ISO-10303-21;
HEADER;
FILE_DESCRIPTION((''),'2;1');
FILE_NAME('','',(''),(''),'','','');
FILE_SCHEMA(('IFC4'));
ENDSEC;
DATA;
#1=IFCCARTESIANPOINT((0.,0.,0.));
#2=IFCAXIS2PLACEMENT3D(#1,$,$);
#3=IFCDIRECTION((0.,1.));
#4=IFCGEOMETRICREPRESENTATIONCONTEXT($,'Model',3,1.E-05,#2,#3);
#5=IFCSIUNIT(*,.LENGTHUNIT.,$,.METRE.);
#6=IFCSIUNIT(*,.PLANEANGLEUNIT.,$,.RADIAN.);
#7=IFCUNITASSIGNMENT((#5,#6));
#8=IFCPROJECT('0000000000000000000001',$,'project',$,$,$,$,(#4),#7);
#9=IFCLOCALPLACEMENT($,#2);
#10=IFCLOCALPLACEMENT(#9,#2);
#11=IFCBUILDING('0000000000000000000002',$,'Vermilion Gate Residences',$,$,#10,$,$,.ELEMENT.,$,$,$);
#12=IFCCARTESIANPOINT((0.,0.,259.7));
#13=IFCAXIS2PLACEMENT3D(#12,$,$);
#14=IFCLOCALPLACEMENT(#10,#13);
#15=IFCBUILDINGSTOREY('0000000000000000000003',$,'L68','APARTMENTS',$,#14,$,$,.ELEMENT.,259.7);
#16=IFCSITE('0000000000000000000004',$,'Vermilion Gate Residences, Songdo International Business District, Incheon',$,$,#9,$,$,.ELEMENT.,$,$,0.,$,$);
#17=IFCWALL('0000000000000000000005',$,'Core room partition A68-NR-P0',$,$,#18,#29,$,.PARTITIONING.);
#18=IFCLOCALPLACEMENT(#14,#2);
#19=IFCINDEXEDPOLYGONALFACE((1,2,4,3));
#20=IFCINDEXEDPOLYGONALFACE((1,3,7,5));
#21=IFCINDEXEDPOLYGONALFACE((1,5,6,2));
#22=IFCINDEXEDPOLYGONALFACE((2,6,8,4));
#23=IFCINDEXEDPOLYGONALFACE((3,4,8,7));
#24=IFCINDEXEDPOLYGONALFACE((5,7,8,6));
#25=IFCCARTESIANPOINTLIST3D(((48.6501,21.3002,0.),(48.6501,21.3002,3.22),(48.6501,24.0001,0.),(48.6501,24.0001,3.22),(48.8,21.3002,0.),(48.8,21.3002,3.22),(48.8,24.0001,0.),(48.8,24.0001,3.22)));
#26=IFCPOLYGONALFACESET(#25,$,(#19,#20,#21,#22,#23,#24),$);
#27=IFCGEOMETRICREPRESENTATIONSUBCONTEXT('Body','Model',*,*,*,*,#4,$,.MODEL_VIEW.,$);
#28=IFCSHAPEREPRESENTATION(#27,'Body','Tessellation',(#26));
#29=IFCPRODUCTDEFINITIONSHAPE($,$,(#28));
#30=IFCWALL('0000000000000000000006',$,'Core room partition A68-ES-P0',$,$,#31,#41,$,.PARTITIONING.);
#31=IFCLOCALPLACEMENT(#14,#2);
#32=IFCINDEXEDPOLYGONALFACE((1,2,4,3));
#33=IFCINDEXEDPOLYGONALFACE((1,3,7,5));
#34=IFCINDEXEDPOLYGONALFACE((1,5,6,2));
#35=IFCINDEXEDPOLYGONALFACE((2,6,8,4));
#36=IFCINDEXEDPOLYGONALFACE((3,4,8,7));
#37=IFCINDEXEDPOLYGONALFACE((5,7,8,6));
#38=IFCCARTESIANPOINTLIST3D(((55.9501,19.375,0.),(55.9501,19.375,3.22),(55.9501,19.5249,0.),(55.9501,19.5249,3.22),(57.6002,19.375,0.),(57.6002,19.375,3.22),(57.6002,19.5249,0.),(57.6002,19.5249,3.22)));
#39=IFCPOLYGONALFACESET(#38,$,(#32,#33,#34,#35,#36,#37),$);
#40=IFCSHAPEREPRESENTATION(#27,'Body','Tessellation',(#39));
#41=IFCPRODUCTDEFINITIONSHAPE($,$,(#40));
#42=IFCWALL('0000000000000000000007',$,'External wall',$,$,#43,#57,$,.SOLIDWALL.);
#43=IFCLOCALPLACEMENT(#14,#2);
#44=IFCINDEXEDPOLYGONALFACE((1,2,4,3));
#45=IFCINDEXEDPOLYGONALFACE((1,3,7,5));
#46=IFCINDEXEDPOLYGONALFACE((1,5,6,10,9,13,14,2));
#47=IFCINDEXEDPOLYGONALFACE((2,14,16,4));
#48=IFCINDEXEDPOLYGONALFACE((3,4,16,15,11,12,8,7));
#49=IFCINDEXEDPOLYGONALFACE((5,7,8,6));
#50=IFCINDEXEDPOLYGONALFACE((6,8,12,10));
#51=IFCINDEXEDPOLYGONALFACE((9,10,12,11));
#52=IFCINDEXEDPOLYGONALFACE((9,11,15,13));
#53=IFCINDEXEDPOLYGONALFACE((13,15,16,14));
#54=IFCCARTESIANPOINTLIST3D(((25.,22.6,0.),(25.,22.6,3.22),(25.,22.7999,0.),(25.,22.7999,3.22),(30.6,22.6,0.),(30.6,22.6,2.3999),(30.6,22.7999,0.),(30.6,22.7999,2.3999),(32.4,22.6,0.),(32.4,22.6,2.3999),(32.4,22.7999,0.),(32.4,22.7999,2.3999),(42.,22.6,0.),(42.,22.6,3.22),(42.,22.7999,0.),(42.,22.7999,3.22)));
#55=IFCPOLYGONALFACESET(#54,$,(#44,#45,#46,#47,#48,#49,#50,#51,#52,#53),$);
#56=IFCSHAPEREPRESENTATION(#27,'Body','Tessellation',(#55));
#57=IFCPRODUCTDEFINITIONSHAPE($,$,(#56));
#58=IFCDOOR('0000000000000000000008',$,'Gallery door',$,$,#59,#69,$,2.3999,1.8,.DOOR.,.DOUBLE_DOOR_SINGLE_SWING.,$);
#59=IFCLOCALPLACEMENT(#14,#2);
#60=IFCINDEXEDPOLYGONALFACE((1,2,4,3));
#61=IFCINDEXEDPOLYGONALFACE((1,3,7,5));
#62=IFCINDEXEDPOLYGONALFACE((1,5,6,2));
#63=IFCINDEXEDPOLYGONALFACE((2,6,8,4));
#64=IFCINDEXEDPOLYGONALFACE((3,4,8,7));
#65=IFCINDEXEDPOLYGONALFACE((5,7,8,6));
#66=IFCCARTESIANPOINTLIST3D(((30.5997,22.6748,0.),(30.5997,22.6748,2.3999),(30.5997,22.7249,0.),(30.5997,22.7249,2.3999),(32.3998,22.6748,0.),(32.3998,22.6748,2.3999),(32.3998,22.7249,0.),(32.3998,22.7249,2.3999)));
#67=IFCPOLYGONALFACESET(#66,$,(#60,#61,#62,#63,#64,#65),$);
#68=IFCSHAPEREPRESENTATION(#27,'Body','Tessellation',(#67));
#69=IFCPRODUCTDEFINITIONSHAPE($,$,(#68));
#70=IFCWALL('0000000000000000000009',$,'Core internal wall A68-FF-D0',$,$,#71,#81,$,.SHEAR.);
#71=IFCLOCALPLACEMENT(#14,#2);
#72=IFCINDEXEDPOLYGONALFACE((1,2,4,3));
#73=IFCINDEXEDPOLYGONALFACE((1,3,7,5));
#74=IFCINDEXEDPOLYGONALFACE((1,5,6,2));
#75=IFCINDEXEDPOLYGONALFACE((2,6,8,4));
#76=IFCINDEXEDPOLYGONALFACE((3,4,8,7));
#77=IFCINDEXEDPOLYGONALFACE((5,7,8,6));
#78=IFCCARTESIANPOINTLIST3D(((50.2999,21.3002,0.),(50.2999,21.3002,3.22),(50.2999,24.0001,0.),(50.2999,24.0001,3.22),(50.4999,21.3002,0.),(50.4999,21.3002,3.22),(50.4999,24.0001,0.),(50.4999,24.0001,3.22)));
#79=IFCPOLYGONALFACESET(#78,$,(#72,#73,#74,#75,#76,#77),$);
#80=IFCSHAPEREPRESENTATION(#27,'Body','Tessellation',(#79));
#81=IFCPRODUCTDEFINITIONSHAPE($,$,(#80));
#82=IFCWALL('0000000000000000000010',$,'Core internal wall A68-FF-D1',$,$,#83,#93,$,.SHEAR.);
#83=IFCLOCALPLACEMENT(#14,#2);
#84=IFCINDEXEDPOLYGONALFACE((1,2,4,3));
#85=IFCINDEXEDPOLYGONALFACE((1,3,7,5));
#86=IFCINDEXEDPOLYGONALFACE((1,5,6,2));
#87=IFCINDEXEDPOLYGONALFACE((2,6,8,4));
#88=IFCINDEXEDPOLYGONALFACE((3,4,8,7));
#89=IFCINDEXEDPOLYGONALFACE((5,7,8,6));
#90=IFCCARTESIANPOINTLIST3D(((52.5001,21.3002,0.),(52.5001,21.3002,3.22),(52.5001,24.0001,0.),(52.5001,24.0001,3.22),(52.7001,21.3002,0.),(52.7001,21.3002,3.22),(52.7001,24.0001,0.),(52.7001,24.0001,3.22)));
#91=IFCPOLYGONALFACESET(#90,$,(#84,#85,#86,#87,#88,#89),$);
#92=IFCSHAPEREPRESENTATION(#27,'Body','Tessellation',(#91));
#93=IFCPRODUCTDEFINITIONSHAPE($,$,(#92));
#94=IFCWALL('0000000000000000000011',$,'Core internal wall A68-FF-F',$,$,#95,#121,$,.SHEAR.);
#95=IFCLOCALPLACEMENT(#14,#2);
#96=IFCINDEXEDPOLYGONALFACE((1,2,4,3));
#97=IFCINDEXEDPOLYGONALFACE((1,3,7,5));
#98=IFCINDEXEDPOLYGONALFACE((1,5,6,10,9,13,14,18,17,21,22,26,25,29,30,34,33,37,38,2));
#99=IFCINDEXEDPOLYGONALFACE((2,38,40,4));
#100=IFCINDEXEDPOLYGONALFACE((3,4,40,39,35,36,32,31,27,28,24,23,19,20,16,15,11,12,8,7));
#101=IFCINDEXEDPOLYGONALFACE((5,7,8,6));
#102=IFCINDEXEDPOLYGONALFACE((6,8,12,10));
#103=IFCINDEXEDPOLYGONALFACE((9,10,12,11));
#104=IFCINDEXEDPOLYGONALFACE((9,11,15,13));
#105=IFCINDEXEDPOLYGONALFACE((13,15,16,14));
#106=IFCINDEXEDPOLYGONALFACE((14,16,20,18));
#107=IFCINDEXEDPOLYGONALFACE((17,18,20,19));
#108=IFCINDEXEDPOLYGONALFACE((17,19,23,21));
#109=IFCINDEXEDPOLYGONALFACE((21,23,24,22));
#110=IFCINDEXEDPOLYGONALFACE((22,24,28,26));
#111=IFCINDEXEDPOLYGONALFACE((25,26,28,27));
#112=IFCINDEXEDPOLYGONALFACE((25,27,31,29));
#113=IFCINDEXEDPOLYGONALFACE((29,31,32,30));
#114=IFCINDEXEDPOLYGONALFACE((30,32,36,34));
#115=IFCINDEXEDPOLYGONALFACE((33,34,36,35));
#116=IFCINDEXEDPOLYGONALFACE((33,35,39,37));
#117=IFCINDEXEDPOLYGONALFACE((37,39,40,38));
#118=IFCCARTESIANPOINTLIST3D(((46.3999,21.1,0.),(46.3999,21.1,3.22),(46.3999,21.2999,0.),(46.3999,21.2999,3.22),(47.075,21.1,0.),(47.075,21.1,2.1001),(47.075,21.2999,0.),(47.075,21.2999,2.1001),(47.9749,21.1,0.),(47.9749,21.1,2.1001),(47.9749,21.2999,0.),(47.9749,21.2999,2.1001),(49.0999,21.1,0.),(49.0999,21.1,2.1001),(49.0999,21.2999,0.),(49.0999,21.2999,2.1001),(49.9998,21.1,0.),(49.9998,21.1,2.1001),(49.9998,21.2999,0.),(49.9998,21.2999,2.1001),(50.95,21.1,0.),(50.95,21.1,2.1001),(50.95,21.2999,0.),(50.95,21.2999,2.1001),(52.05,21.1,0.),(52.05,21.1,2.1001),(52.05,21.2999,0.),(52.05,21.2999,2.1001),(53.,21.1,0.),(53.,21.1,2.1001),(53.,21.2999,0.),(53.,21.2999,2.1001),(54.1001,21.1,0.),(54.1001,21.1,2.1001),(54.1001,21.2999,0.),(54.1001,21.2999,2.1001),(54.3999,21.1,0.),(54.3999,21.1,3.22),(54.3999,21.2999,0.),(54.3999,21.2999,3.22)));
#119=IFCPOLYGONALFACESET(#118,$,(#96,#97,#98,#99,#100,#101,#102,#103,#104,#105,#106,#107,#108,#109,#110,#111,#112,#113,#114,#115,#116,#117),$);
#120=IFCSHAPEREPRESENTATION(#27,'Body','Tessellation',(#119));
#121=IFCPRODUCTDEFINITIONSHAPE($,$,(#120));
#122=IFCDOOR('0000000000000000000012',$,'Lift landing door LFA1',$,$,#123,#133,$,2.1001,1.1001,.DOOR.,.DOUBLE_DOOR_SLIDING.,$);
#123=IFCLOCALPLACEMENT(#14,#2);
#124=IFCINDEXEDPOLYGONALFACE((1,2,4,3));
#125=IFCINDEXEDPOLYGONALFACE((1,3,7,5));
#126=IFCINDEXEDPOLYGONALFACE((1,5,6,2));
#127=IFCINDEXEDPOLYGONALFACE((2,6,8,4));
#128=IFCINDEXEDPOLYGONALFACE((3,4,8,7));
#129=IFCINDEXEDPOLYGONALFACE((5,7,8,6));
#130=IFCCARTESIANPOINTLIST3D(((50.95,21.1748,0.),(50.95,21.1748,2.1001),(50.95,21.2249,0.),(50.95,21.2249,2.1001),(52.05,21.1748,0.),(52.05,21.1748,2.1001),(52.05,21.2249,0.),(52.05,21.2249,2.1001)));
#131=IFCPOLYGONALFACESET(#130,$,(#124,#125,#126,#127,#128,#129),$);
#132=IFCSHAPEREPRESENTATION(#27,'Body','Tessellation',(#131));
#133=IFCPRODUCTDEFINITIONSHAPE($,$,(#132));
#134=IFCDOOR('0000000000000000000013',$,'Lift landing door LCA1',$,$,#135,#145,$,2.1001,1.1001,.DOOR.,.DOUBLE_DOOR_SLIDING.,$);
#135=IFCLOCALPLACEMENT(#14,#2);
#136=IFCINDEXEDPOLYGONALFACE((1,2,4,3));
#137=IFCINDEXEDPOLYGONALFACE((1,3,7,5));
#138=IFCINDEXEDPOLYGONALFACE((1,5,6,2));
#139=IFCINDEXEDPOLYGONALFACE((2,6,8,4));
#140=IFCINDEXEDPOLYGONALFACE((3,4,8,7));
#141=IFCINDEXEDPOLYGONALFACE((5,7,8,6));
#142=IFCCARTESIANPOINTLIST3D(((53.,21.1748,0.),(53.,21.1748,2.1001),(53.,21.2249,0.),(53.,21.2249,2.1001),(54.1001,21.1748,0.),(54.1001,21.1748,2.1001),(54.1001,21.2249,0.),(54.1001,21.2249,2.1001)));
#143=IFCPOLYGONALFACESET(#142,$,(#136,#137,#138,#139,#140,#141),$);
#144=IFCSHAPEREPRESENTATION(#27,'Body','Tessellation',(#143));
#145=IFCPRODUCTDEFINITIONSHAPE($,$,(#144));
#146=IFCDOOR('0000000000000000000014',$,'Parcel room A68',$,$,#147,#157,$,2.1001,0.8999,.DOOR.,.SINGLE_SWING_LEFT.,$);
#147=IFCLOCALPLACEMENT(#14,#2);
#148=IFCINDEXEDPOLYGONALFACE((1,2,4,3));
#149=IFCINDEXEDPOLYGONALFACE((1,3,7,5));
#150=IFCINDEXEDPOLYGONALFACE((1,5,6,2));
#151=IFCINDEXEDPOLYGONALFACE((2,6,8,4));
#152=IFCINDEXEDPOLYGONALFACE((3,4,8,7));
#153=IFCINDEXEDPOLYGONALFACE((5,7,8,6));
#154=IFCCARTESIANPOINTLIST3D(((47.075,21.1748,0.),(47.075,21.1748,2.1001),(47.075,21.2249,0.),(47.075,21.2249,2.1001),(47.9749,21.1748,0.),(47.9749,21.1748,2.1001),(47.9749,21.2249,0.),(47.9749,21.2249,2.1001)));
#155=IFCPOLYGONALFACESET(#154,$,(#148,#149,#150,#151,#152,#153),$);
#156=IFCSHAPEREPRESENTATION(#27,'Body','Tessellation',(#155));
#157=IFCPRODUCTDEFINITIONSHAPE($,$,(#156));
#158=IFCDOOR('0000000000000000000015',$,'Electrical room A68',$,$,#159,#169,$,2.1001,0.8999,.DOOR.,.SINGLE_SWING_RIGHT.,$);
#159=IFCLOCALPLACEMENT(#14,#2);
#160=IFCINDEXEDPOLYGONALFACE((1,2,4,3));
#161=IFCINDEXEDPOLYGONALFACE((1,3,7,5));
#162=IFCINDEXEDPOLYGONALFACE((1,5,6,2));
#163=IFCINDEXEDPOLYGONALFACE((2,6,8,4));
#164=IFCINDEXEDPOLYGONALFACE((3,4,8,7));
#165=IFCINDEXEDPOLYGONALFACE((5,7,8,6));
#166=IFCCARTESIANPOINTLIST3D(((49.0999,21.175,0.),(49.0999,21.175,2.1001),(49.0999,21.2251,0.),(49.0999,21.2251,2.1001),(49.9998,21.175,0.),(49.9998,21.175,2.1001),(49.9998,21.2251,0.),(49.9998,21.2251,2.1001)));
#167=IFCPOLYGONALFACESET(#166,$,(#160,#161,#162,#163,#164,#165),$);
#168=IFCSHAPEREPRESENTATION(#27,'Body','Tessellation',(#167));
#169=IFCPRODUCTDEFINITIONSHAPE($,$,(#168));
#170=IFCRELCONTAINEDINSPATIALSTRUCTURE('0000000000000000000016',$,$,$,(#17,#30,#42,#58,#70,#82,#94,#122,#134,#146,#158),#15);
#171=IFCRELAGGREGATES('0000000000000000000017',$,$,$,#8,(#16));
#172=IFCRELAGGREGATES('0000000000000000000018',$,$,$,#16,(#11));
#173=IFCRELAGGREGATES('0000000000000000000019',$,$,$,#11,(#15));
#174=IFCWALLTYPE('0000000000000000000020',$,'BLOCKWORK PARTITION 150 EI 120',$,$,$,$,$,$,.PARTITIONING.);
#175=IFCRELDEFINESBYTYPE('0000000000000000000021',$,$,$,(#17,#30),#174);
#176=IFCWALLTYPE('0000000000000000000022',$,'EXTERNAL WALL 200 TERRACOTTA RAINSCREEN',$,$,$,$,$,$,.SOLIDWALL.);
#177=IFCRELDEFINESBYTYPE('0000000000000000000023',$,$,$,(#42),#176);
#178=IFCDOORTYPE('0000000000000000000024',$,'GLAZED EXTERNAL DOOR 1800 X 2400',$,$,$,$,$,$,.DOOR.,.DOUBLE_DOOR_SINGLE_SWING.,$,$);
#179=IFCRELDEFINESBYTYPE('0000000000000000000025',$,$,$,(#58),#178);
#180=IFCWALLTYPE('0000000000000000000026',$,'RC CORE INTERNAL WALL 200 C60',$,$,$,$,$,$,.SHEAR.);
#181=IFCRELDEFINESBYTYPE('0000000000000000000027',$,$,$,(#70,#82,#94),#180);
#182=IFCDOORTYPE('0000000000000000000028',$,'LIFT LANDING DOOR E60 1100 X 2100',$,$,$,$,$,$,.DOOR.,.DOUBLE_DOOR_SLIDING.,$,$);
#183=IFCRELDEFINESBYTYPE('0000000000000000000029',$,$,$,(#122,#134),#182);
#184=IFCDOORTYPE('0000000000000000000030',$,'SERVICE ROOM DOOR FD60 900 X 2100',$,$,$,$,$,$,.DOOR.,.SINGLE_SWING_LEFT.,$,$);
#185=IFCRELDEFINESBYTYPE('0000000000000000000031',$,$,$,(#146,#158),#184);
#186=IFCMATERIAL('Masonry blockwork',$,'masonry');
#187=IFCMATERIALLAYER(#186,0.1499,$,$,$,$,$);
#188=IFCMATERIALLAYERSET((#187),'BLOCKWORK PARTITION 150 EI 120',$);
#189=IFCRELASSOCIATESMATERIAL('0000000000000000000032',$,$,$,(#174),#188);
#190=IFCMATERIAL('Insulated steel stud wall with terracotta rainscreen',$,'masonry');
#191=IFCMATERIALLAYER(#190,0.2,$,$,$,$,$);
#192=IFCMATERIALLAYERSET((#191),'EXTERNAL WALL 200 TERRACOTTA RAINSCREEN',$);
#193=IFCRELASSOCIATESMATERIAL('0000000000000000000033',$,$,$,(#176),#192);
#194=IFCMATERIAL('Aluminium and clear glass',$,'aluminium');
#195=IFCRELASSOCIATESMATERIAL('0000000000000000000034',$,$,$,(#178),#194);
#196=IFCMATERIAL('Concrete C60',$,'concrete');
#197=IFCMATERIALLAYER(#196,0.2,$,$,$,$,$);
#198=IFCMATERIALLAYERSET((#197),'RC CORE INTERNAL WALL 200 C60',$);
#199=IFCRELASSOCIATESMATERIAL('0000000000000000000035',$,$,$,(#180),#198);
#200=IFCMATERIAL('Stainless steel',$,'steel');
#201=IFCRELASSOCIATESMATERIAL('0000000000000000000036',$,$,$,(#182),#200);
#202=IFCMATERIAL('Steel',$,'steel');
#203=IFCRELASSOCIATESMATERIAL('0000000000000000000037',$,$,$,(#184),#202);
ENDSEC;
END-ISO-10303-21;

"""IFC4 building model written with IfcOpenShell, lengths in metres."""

from ifc_helpers import new_model, si_unit, direction, frame, frame_2d, origin, place, context, subcontext, project, spatial, rectangle, extrude, material, layer, layer_set, type_object, element, fill, save


model = new_model("IFC4")

# Units and contexts
model_context = context("Model", 3, precision=1e-05, world=origin(), true_north=direction((0.0, 1.0)))
body_context = subcontext(model_context, "Body", "Model", "MODEL_VIEW")
ifc_project = project(units=[si_unit("LENGTHUNIT", "METRE"), si_unit("PLANEANGLEUNIT", "RADIAN")], contexts=[model_context])

# Site, building, storey
site_placement = place(None, origin())
site = spatial("IfcSite", under=ifc_project, at=site_placement, Name="Vermilion Gate Residences, Songdo International Business District, Incheon", CompositionType="ELEMENT", RefElevation=0.0)
building_placement = place(site_placement, origin())
building = spatial("IfcBuilding", under=site, at=building_placement, Name="Vermilion Gate Residences", CompositionType="ELEMENT")
storey_placement = place(building_placement, frame((0.0, 0.0, 259.7)))
storey = spatial("IfcBuildingStorey", under=building, at=storey_placement, Name="L68", Description="APARTMENTS", CompositionType="ELEMENT", Elevation=259.7)

# Walls
ifc_material_1 = material(Name="Masonry blockwork", Category="masonry")
ifc_layer_1 = layer(ifc_material_1, 0.1499)
ifc_layer_set_1 = layer_set([ifc_layer_1], Name="BLOCKWORK PARTITION 150 EI 120")
wall_type_1 = type_object("IfcWallType", Name="BLOCKWORK PARTITION 150 EI 120", PredefinedType="PARTITIONING", material=ifc_layer_set_1)
wall_1_placement = place(storey_placement, frame((48.7251, 21.3, 0.0), z_axis=(0.0, 0.0, 1.0), x_axis=(0.0, 1.0, 0.0)))
element("IfcWall", 1, at=wall_1_placement, inside=storey, type_object=wall_type_1, Name="Core room partition A68-NR-P0", PredefinedType="PARTITIONING", context=body_context, shape_type="SweptSolid", body=[
    extrude(rectangle(XDim=2.7, YDim=0.1499, at=frame_2d((1.3501, 0.0))), origin(), (0.0, 0.0, 1.0), 3.22),
])
wall_2_placement = place(storey_placement, frame((55.95, 19.45, 0.0), z_axis=(0.0, 0.0, 1.0), x_axis=(1.0, 0.0, 0.0)))
element("IfcWall", 2, at=wall_2_placement, inside=storey, type_object=wall_type_1, Name="Core room partition A68-ES-P0", PredefinedType="PARTITIONING", context=body_context, shape_type="SweptSolid", body=[
    extrude(rectangle(XDim=1.6501, YDim=0.1499, at=frame_2d((0.8252, 0.0))), origin(), (0.0, 0.0, 1.0), 3.22),
])

# Wall, opening, door
ifc_material_2 = material(Name="Insulated steel stud wall with terracotta rainscreen", Category="masonry")
ifc_layer_2 = layer(ifc_material_2, 0.2)
ifc_layer_set_2 = layer_set([ifc_layer_2], Name="EXTERNAL WALL 200 TERRACOTTA RAINSCREEN")
wall_type_2 = type_object("IfcWallType", Name="EXTERNAL WALL 200 TERRACOTTA RAINSCREEN", PredefinedType="SOLIDWALL", material=ifc_layer_set_2)
wall_3_placement = place(storey_placement, frame((42.0, 22.7, 0.0), z_axis=(0.0, 0.0, 1.0), x_axis=(-1.0, 0.0, 0.0)))
wall_3 = element("IfcWall", 3, at=wall_3_placement, inside=storey, type_object=wall_type_2, Name="External wall", PredefinedType="SOLIDWALL", context=body_context, shape_type="SweptSolid", body=[
    extrude(rectangle(XDim=17.0, YDim=0.2, at=frame_2d((8.5, 0.0))), origin(), (0.0, 0.0, 1.0), 3.22),
])
opening_1_placement = place(wall_3_placement, frame((9.6001, 0.0, 0.0)))
opening_1 = element("IfcOpeningElement", 4, at=opening_1_placement, cuts=wall_3, PredefinedType="OPENING", context=body_context, shape_type="SweptSolid", body=[
    extrude(rectangle(XDim=1.8, YDim=2.3999, at=frame_2d((0.8999, 1.2))), frame((0.0, 0.1099, 0.0), z_axis=(0.0, -1.0, 0.0), x_axis=(1.0, 0.0, 0.0)), (0.0, 0.0, 1.0), 0.22),
])
ifc_material_3 = material(Name="Aluminium and clear glass", Category="aluminium")
door_type_1 = type_object("IfcDoorType", Name="GLAZED EXTERNAL DOOR 1800 X 2400", OperationType="DOUBLE_DOOR_SINGLE_SWING", PredefinedType="DOOR", material=ifc_material_3)
door_1_placement = place(opening_1_placement, frame((1.8, 0.0, 0.0), z_axis=(0.0, 0.0, 1.0), x_axis=(-1.0, 0.0, 0.0)))
door_1 = element("IfcDoor", 5, at=door_1_placement, inside=storey, type_object=door_type_1, Name="Gallery door", OperationType="DOUBLE_DOOR_SINGLE_SWING", OverallHeight=2.3999, OverallWidth=1.8, PredefinedType="DOOR", context=body_context, shape_type="SweptSolid", body=[
    extrude(rectangle(XDim=1.8, YDim=2.3999, at=frame_2d((0.8999, 1.2))), frame((0.0, 0.0249, 0.0), z_axis=(0.0, -1.0, 0.0), x_axis=(1.0, 0.0, 0.0)), (0.0, 0.0, 1.0), 0.05),
])
fill(opening_1, door_1)

# Walls
ifc_material_4 = material(Name="Concrete C60", Category="concrete")
ifc_layer_3 = layer(ifc_material_4, 0.2)
ifc_layer_set_3 = layer_set([ifc_layer_3], Name="RC CORE INTERNAL WALL 200 C60")
wall_type_3 = type_object("IfcWallType", Name="RC CORE INTERNAL WALL 200 C60", PredefinedType="SHEAR", material=ifc_layer_set_3)
for number, where, z_axis, x_axis, name in (
    (6, (50.3999, 21.3, 0.0), (0.0, 0.0, 1.0), (0.0, 1.0, 0.0), "Core internal wall A68-FF-D0"),
    (7, (52.6001, 21.3, 0.0), (0.0, 0.0, 1.0), (0.0, 1.0, 0.0), "Core internal wall A68-FF-D1"),
):
    element("IfcWall", number, at=place(storey_placement, frame(where, z_axis=z_axis, x_axis=x_axis)), inside=storey, type_object=wall_type_3, Name=name, PredefinedType="SHEAR", context=body_context, shape_type="SweptSolid", body=[
        extrude(rectangle(XDim=2.7, YDim=0.2, at=frame_2d((1.3501, 0.0))), origin(), (0.0, 0.0, 1.0), 3.22),
    ])

# Wall, openings, doors
wall_4_placement = place(storey_placement, frame((46.3999, 21.2, 0.0), z_axis=(0.0, 0.0, 1.0), x_axis=(1.0, 0.0, 0.0)))
wall_4 = element("IfcWall", 8, at=wall_4_placement, inside=storey, type_object=wall_type_3, Name="Core internal wall A68-FF-F", PredefinedType="SHEAR", context=body_context, shape_type="SweptSolid", body=[
    extrude(rectangle(XDim=8.0, YDim=0.2, at=frame_2d((4.0, 0.0))), origin(), (0.0, 0.0, 1.0), 3.22),
])
opening_2_placement = place(wall_4_placement, frame((0.675, 0.0, 0.0)))
opening_2 = element("IfcOpeningElement", 9, at=opening_2_placement, cuts=wall_4, PredefinedType="OPENING", context=body_context, shape_type="SweptSolid", body=[
    extrude(rectangle(XDim=0.8999, YDim=2.1001, at=frame_2d((0.45, 1.05))), frame((0.0, 0.1099, 0.0), z_axis=(0.0, -1.0, 0.0), x_axis=(1.0, 0.0, 0.0)), (0.0, 0.0, 1.0), 0.22),
])
opening_3_placement = place(wall_4_placement, frame((2.7, 0.0, 0.0)))
opening_3 = element("IfcOpeningElement", 10, at=opening_3_placement, cuts=wall_4, PredefinedType="OPENING", context=body_context, shape_type="SweptSolid", body=[
    extrude(rectangle(XDim=0.8999, YDim=2.1001, at=frame_2d((0.45, 1.05))), frame((0.0, 0.1099, 0.0), z_axis=(0.0, -1.0, 0.0), x_axis=(1.0, 0.0, 0.0)), (0.0, 0.0, 1.0), 0.22),
])
opening_4_placement = place(wall_4_placement, frame((4.55, 0.0, 0.0)))
opening_4 = element("IfcOpeningElement", 11, at=opening_4_placement, cuts=wall_4, PredefinedType="OPENING", context=body_context, shape_type="SweptSolid", body=[
    extrude(rectangle(XDim=1.1001, YDim=2.1001, at=frame_2d((0.55, 1.05))), frame((0.0, 0.1099, 0.0), z_axis=(0.0, -1.0, 0.0), x_axis=(1.0, 0.0, 0.0)), (0.0, 0.0, 1.0), 0.22),
])
opening_5_placement = place(wall_4_placement, frame((6.6001, 0.0, 0.0)))
opening_5 = element("IfcOpeningElement", 12, at=opening_5_placement, cuts=wall_4, PredefinedType="OPENING", context=body_context, shape_type="SweptSolid", body=[
    extrude(rectangle(XDim=1.1001, YDim=2.1001, at=frame_2d((0.55, 1.05))), frame((0.0, 0.1099, 0.0), z_axis=(0.0, -1.0, 0.0), x_axis=(1.0, 0.0, 0.0)), (0.0, 0.0, 1.0), 0.22),
])
ifc_material_5 = material(Name="Stainless steel", Category="steel")
door_type_2 = type_object("IfcDoorType", Name="LIFT LANDING DOOR E60 1100 X 2100", OperationType="DOUBLE_DOOR_SLIDING", PredefinedType="DOOR", material=ifc_material_5)
door_2_placement = place(opening_4_placement, origin())
door_2 = element("IfcDoor", 13, at=door_2_placement, inside=storey, type_object=door_type_2, Name="Lift landing door LFA1", OperationType="DOUBLE_DOOR_SLIDING", OverallHeight=2.1001, OverallWidth=1.1001, PredefinedType="DOOR", context=body_context, shape_type="SweptSolid", body=[
    extrude(rectangle(XDim=1.1001, YDim=2.1001, at=frame_2d((0.55, 1.05))), frame((0.0, 0.0249, 0.0), z_axis=(0.0, -1.0, 0.0), x_axis=(1.0, 0.0, 0.0)), (0.0, 0.0, 1.0), 0.05),
])
fill(opening_4, door_2)
door_3_placement = place(opening_5_placement, origin())
door_3 = element("IfcDoor", 14, at=door_3_placement, inside=storey, type_object=door_type_2, Name="Lift landing door LCA1", OperationType="DOUBLE_DOOR_SLIDING", OverallHeight=2.1001, OverallWidth=1.1001, PredefinedType="DOOR", context=body_context, shape_type="SweptSolid", body=[
    extrude(rectangle(XDim=1.1001, YDim=2.1001, at=frame_2d((0.55, 1.05))), frame((0.0, 0.0249, 0.0), z_axis=(0.0, -1.0, 0.0), x_axis=(1.0, 0.0, 0.0)), (0.0, 0.0, 1.0), 0.05),
])
fill(opening_5, door_3)
ifc_material_6 = material(Name="Steel", Category="steel")
door_type_3 = type_object("IfcDoorType", Name="SERVICE ROOM DOOR FD60 900 X 2100", OperationType="SINGLE_SWING_LEFT", PredefinedType="DOOR", material=ifc_material_6)
door_4_placement = place(opening_2_placement, origin())
door_4 = element("IfcDoor", 15, at=door_4_placement, inside=storey, type_object=door_type_3, Name="Parcel room A68", OperationType="SINGLE_SWING_LEFT", OverallHeight=2.1001, OverallWidth=0.8999, PredefinedType="DOOR", context=body_context, shape_type="SweptSolid", body=[
    extrude(rectangle(XDim=0.8999, YDim=2.1001, at=frame_2d((0.45, 1.05))), frame((0.0, 0.0249, 0.0), z_axis=(0.0, -1.0, 0.0), x_axis=(1.0, 0.0, 0.0)), (0.0, 0.0, 1.0), 0.05),
])
fill(opening_2, door_4)
door_5_placement = place(opening_3_placement, frame((0.8999, 0.0, 0.0), z_axis=(0.0, 0.0, 1.0), x_axis=(-1.0, 0.0, 0.0)))
door_5 = element("IfcDoor", 16, at=door_5_placement, inside=storey, type_object=door_type_3, Name="Electrical room A68", OperationType="SINGLE_SWING_RIGHT", OverallHeight=2.1001, OverallWidth=0.8999, PredefinedType="DOOR", context=body_context, shape_type="SweptSolid", body=[
    extrude(rectangle(XDim=0.8999, YDim=2.1001, at=frame_2d((0.45, 1.05))), frame((0.0, 0.0249, 0.0), z_axis=(0.0, -1.0, 0.0), x_axis=(1.0, 0.0, 0.0)), (0.0, 0.0, 1.0), 0.05),
])
fill(opening_3, door_5)

save(model, "model.ifc")
